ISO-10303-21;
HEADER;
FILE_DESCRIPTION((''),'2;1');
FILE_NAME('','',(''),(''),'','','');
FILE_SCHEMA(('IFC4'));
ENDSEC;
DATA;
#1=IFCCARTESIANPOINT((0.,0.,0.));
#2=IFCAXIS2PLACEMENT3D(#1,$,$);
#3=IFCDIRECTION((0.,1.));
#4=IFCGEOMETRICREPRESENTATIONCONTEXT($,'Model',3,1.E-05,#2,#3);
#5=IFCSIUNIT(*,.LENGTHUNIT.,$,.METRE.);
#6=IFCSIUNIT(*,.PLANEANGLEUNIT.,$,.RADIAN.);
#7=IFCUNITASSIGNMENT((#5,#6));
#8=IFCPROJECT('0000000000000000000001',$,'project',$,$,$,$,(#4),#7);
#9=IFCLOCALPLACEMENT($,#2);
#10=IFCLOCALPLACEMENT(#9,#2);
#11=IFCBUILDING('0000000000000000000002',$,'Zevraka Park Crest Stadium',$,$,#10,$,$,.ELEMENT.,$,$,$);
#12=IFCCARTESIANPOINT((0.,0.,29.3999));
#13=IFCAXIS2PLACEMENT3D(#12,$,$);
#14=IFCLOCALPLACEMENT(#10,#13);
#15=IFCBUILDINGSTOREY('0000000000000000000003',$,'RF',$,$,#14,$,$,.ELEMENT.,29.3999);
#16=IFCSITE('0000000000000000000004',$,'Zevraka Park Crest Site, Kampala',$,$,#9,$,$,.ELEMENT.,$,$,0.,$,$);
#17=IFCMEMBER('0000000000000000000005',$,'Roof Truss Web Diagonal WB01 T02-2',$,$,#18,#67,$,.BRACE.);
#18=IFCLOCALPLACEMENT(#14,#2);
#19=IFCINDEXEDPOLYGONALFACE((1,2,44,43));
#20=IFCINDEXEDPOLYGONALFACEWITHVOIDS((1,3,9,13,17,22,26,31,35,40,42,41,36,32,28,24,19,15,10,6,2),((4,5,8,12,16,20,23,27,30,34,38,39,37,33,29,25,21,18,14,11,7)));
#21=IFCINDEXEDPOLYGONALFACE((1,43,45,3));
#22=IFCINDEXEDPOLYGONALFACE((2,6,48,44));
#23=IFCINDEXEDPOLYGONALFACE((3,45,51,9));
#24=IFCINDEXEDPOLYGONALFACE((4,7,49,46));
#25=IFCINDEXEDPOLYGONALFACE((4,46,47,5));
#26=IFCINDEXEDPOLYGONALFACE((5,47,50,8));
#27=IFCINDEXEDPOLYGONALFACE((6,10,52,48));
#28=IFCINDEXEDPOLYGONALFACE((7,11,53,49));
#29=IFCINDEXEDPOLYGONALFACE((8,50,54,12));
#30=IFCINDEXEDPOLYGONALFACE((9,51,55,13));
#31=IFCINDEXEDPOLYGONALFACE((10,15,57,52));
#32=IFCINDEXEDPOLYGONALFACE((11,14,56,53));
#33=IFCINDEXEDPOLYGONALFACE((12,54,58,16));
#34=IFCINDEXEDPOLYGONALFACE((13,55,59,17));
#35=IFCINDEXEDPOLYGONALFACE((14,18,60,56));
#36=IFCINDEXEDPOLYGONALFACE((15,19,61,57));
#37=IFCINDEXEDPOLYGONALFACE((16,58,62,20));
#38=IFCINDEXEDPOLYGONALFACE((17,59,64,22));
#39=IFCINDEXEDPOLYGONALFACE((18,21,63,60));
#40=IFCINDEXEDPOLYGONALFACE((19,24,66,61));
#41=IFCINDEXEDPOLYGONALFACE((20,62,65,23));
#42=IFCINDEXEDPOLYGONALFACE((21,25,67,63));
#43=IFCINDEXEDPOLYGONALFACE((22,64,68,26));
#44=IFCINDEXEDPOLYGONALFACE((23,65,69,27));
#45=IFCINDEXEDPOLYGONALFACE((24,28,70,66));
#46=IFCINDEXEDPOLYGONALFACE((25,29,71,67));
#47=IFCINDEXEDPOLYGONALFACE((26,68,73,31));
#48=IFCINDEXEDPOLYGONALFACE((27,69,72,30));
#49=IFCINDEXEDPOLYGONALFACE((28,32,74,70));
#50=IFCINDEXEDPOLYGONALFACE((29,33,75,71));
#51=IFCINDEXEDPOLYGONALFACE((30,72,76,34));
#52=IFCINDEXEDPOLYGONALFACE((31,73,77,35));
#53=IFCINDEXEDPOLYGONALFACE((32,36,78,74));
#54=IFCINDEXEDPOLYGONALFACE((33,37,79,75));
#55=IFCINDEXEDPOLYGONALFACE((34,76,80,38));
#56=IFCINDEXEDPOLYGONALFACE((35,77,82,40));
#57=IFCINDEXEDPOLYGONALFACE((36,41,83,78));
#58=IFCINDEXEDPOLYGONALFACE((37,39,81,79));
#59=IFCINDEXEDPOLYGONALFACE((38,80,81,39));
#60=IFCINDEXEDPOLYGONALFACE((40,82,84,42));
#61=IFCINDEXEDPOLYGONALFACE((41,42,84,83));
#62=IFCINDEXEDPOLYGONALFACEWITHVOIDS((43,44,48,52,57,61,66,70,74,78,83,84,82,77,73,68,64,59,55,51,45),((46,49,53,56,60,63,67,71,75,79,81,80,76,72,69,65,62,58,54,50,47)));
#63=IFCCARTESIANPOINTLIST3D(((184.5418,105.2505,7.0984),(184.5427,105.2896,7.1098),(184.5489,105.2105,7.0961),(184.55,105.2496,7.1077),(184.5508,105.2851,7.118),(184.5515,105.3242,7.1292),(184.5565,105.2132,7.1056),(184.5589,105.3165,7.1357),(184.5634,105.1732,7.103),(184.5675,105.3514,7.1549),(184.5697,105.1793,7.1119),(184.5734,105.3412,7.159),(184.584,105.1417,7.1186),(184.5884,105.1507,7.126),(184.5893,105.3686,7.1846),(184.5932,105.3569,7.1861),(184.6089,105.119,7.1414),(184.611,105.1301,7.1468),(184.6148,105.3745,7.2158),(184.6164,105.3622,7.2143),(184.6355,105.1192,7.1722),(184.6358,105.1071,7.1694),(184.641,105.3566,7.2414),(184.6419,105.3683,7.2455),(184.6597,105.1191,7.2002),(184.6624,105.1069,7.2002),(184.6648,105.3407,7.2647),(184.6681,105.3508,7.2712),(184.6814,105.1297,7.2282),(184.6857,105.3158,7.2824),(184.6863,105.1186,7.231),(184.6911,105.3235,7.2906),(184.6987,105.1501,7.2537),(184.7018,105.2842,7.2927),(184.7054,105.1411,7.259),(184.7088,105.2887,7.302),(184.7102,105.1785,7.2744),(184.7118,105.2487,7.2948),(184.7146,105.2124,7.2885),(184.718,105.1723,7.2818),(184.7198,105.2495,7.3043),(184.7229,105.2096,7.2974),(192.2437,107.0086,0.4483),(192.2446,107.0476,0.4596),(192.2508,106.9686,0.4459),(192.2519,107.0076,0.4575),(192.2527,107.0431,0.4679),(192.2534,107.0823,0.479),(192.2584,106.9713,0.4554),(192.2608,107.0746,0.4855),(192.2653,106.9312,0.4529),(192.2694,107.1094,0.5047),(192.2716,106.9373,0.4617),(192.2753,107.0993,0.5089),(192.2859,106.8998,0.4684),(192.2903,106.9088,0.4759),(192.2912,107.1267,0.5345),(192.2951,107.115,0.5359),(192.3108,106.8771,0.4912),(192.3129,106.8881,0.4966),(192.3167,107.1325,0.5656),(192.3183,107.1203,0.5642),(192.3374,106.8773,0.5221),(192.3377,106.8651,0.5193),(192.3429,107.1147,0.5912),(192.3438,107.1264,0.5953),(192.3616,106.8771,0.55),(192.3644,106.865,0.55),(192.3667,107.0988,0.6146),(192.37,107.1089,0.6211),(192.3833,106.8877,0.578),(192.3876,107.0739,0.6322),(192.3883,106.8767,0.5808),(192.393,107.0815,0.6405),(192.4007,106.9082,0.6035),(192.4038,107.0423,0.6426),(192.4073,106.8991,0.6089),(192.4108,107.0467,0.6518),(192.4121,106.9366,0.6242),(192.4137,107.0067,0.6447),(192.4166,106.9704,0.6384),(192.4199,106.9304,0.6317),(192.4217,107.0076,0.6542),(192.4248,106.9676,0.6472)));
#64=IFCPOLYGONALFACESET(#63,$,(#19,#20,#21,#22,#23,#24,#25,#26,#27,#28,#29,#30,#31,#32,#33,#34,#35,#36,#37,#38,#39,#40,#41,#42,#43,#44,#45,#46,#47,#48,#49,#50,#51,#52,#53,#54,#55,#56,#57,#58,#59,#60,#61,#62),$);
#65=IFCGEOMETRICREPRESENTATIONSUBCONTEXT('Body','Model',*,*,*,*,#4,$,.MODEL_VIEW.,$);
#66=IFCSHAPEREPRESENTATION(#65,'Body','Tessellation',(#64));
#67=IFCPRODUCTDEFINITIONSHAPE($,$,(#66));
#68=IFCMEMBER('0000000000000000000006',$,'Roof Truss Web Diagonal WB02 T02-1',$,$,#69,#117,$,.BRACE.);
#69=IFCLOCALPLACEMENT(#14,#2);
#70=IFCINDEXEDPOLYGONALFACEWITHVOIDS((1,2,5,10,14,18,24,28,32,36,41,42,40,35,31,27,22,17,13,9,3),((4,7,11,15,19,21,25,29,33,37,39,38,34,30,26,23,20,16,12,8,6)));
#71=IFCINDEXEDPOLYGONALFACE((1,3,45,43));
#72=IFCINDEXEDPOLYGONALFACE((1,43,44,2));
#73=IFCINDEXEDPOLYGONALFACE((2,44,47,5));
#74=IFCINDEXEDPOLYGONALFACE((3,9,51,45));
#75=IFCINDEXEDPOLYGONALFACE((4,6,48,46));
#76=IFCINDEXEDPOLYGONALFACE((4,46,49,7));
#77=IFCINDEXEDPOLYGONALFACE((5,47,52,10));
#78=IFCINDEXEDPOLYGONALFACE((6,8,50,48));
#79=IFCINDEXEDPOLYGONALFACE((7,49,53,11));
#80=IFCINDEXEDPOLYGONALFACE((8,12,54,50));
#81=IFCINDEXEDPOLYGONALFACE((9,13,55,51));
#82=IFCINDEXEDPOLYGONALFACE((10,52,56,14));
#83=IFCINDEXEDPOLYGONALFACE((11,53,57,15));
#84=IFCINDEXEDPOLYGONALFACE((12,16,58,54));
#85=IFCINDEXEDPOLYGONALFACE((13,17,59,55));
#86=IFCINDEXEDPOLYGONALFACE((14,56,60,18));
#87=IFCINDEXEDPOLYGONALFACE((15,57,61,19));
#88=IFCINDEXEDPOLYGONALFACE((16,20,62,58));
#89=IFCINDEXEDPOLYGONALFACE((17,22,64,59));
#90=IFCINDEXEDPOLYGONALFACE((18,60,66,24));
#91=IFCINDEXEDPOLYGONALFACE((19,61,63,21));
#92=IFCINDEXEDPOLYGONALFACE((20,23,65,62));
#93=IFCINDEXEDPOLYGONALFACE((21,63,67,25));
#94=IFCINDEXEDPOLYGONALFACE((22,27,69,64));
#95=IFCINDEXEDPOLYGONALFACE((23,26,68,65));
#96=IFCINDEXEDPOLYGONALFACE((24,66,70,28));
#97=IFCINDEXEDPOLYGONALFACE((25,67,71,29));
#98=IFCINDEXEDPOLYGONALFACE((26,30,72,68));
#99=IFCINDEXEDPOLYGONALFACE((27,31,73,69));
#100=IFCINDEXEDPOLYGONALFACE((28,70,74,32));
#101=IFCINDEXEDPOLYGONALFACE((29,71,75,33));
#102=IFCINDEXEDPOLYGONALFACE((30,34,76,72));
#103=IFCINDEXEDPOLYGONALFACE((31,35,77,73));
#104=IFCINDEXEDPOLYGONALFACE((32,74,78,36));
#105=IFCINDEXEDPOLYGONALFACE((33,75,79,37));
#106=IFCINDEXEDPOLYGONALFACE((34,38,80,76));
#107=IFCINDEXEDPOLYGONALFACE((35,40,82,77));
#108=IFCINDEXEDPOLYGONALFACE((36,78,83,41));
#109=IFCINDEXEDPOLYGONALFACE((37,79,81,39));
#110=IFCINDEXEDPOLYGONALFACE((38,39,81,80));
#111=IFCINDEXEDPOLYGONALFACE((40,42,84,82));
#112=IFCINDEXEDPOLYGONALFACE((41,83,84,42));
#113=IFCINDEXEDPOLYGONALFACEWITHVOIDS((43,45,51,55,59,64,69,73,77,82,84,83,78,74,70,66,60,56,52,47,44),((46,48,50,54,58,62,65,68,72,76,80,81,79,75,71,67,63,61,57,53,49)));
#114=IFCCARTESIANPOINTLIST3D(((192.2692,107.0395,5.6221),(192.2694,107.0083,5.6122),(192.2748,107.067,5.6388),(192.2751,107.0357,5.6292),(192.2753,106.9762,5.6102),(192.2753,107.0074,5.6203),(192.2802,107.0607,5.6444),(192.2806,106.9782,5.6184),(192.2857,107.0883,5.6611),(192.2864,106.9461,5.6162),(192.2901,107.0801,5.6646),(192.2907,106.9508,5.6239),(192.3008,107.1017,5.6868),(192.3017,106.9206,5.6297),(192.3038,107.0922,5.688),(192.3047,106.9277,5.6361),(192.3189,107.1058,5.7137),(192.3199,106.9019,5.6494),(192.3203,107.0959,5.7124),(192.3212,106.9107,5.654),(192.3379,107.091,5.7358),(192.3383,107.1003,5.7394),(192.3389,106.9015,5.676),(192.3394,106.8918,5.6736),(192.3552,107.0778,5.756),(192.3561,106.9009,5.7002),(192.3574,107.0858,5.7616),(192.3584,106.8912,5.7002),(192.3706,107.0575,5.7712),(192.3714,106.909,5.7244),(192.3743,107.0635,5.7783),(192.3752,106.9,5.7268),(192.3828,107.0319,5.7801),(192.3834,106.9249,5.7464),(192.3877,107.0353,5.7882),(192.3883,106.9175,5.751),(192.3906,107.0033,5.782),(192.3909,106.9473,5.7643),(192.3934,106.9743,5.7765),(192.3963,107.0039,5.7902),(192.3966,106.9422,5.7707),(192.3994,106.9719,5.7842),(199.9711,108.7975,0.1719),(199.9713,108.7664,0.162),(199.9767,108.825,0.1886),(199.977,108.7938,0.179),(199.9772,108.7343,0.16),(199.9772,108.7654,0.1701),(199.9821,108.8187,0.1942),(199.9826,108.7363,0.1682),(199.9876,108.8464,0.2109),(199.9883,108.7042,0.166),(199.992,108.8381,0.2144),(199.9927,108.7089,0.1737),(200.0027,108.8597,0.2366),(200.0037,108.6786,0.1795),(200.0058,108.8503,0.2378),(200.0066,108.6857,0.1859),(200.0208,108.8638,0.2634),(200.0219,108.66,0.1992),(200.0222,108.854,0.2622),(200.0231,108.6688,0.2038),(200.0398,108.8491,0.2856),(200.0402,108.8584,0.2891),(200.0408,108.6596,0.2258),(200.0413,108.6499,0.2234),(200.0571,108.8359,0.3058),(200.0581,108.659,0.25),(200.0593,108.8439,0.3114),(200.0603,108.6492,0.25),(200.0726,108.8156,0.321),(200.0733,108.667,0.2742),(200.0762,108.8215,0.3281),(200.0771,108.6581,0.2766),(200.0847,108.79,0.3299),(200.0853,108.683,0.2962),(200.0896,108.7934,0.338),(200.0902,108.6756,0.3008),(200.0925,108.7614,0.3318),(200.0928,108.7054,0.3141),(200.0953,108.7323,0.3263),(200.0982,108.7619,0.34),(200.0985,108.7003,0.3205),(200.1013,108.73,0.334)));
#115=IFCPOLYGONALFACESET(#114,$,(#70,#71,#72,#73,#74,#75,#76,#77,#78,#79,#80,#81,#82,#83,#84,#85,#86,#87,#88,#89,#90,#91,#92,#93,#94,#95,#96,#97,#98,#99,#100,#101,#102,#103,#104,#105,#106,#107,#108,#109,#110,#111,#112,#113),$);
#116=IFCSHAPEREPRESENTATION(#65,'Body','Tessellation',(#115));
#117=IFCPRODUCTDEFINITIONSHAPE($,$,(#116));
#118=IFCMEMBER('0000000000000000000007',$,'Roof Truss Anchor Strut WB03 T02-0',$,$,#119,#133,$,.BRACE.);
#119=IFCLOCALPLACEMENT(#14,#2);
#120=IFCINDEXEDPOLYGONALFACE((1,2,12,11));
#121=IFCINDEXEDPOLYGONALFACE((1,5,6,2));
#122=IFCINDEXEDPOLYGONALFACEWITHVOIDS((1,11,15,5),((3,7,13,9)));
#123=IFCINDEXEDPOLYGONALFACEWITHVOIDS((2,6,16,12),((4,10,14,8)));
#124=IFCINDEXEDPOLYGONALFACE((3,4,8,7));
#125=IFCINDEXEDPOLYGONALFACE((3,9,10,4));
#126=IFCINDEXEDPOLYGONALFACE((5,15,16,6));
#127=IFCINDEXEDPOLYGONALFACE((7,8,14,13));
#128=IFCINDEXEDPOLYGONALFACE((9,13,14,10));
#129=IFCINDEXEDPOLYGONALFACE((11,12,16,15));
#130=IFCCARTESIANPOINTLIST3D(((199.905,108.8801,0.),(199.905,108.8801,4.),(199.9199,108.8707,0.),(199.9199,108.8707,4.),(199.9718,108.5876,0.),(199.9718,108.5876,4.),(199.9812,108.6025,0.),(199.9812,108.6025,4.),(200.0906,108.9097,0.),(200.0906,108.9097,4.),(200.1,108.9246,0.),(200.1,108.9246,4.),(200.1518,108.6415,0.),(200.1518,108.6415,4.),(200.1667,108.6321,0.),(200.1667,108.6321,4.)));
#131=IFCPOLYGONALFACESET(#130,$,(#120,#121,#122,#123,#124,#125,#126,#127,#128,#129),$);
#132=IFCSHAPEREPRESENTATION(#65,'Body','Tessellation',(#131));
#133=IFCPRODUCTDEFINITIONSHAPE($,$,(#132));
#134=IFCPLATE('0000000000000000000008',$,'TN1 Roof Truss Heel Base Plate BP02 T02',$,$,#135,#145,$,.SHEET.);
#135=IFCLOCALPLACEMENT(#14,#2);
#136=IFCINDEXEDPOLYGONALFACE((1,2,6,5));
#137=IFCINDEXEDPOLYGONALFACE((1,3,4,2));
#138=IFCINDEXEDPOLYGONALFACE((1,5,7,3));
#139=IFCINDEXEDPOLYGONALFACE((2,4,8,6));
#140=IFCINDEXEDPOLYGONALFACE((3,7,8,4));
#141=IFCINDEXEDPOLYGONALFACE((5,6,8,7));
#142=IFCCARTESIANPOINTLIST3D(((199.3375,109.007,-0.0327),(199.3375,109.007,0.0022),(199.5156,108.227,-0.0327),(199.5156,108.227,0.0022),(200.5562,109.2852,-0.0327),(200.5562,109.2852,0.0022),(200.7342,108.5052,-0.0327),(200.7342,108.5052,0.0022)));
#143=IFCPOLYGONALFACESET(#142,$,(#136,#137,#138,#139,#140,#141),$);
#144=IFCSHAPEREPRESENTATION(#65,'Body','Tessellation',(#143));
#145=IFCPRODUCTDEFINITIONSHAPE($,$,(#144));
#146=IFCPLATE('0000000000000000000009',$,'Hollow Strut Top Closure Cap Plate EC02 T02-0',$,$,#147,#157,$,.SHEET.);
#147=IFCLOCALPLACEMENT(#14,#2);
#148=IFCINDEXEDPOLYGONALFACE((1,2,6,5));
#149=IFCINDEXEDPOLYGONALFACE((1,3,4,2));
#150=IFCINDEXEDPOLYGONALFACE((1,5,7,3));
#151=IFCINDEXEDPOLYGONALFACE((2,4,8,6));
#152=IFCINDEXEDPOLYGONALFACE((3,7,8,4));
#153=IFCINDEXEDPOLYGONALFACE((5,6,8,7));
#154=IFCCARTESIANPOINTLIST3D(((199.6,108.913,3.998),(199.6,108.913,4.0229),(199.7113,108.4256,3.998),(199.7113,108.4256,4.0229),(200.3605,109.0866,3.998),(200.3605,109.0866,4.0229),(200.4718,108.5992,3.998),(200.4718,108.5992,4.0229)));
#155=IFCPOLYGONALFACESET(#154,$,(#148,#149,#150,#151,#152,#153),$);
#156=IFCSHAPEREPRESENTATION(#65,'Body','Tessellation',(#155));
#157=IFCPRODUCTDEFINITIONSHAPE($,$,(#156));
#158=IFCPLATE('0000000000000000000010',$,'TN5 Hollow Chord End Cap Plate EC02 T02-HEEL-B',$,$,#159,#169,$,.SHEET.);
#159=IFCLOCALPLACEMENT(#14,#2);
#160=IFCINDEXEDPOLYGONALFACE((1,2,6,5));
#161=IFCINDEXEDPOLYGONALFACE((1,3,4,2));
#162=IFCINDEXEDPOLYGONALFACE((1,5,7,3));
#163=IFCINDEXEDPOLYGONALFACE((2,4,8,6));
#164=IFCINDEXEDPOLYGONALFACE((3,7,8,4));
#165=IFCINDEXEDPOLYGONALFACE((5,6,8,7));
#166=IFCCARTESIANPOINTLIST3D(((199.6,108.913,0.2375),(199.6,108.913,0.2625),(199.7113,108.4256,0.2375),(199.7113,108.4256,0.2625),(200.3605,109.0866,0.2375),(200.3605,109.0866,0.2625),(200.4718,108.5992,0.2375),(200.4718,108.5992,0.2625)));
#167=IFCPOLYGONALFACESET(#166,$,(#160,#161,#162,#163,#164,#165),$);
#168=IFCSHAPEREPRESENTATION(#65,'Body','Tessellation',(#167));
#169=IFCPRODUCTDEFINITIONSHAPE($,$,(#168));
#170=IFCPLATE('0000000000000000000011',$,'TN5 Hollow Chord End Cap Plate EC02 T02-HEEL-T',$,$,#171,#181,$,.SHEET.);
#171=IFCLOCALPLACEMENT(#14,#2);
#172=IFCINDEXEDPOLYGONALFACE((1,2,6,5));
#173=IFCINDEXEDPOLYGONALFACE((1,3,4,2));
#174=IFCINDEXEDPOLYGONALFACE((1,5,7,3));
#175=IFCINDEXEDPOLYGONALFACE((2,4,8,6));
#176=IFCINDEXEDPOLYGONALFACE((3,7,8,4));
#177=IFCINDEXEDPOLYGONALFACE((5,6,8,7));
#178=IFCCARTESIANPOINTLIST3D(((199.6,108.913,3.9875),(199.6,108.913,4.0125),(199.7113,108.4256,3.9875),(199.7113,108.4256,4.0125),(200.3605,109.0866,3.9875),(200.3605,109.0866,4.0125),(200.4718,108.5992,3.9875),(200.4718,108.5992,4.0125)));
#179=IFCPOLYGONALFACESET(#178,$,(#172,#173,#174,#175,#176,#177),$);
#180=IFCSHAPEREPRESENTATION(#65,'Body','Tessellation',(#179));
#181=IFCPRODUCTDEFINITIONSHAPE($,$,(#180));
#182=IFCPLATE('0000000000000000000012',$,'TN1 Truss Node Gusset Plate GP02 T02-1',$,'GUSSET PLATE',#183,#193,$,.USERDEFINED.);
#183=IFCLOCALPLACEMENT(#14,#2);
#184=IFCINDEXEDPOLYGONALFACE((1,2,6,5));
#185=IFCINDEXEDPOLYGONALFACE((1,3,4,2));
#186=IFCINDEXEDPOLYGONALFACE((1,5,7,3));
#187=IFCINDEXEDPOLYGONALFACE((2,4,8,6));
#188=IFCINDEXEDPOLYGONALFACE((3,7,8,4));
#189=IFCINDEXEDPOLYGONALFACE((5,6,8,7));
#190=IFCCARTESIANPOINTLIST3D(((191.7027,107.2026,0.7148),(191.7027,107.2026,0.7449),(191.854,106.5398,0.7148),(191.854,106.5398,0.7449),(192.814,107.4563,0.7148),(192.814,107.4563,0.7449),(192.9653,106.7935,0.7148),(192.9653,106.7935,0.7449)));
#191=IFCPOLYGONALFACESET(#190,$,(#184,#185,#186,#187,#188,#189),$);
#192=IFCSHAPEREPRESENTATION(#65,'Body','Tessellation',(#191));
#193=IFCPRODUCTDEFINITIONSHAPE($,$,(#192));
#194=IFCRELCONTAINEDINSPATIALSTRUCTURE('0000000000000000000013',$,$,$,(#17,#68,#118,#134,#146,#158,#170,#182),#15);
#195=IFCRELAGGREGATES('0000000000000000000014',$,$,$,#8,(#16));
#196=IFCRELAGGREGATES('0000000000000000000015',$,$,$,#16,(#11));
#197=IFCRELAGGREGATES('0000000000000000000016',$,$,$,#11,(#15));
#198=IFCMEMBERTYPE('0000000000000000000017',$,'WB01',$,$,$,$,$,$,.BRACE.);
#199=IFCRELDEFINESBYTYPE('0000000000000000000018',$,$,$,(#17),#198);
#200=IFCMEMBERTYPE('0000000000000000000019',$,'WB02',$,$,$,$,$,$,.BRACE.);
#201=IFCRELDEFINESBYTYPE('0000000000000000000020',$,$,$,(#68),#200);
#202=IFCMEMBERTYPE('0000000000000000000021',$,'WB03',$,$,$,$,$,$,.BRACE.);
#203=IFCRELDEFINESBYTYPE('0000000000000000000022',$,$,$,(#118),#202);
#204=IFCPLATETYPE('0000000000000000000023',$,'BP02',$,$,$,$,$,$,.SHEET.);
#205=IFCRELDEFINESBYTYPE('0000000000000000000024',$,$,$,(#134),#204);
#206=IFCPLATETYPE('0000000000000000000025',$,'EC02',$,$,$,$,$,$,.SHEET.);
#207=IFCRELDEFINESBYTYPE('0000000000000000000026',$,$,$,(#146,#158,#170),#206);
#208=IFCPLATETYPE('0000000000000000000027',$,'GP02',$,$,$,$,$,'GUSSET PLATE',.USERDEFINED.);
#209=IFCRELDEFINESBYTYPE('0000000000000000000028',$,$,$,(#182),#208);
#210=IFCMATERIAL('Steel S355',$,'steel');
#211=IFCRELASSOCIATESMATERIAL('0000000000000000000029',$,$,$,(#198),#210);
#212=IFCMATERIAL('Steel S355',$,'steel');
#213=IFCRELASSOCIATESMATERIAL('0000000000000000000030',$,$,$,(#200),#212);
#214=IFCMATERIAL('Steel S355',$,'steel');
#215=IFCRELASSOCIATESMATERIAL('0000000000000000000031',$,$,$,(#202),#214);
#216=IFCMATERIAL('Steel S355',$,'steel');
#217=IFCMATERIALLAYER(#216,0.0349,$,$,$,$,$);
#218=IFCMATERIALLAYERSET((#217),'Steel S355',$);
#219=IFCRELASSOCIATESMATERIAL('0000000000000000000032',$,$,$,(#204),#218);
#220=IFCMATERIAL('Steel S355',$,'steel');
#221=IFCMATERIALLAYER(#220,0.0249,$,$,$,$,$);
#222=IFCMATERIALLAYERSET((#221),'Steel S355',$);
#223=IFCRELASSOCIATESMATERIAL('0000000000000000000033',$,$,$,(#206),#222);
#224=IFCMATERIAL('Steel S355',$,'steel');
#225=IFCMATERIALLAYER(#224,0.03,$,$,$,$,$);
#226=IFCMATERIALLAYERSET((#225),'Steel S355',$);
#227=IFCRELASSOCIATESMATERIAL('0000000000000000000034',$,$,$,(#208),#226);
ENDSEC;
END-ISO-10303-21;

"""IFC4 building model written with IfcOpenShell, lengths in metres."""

from ifc_helpers import new_model, si_unit, direction, frame, origin, origin_2d, place, context, subcontext, project, spatial, rectangle, hollow_rectangle, hollow_circle, extrude, material, layer, layer_set, material_profile, profile_set, type_object, element, save


model = new_model("IFC4")

# Units and contexts
model_context = context("Model", 3, precision=1e-05, world=origin(), true_north=direction((0.0, 1.0)))
body_context = subcontext(model_context, "Body", "Model", "MODEL_VIEW")
ifc_project = project(units=[si_unit("LENGTHUNIT", "METRE"), si_unit("PLANEANGLEUNIT", "RADIAN")], contexts=[model_context])

# Site, building, storey
site_placement = place(None, origin())
site = spatial("IfcSite", under=ifc_project, at=site_placement, Name="Zevraka Park Crest Site, Kampala", CompositionType="ELEMENT", RefElevation=0.0)
building_placement = place(site_placement, origin())
building = spatial("IfcBuilding", under=site, at=building_placement, Name="Zevraka Park Crest Stadium", CompositionType="ELEMENT")
storey_placement = place(building_placement, frame((0.0, 0.0, 29.3999)))
storey = spatial("IfcBuildingStorey", under=building, at=storey_placement, Name="RF", CompositionType="ELEMENT", Elevation=29.3999)

# Members
ifc_material_1 = material(Name="Steel S355", Category="steel")
ifc_material_profile_1 = material_profile(ifc_material_1, hollow_circle(Radius=0.1365, WallThickness=0.0125, at=origin_2d()), Name="CHS 273.0x12.5")
ifc_profile_set_1 = profile_set([ifc_material_profile_1], Name="Steel S355")
member_type_1 = type_object("IfcMemberType", Name="WB01", PredefinedType="BRACE", material=ifc_profile_set_1)
member_1_placement = place(storey_placement, frame((192.334, 106.998, 0.55), z_axis=(-0.745846, -0.170249, 0.643995), x_axis=(0.222539, -0.974924, 0.0)))
element("IfcMember", 1, at=member_1_placement, inside=storey, type_object=member_type_1, Name="Roof Truss Web Diagonal WB01 T02-2", PredefinedType="BRACE", context=body_context, shape_type="SweptSolid", body=[
    extrude(hollow_circle(Radius=0.1365, WallThickness=0.0125, at=origin_2d()), origin(), (0.0, 0.0, 1.0), 10.3264),
])
ifc_material_2 = material(Name="Steel S355", Category="steel")
ifc_material_profile_2 = material_profile(ifc_material_2, hollow_circle(Radius=0.1096, WallThickness=0.01, at=origin_2d()), Name="CHS 219.1x10")
ifc_profile_set_2 = profile_set([ifc_material_profile_2], Name="Steel S355")
member_type_2 = type_object("IfcMemberType", Name="WB02", PredefinedType="BRACE", material=ifc_profile_set_2)
member_2_placement = place(storey_placement, frame((200.0359, 108.7561, 0.25), z_axis=(-0.802479, -0.183176, 0.567868), x_axis=(0.222539, -0.974924, 0.0)))
element("IfcMember", 2, at=member_2_placement, inside=storey, type_object=member_type_2, Name="Roof Truss Web Diagonal WB02 T02-1", PredefinedType="BRACE", context=body_context, shape_type="SweptSolid", body=[
    extrude(hollow_circle(Radius=0.1096, WallThickness=0.01, at=origin_2d()), origin(), (0.0, 0.0, 1.0), 9.5977),
])
ifc_material_3 = material(Name="Steel S355", Category="steel")
ifc_material_profile_3 = material_profile(ifc_material_3, hollow_rectangle(XDim=0.2, YDim=0.3, WallThickness=0.0125, at=origin_2d()), Name="RHS 300x200x12.5")
ifc_profile_set_3 = profile_set([ifc_material_profile_3], Name="Steel S355")
member_type_3 = type_object("IfcMemberType", Name="WB03", PredefinedType="BRACE", material=ifc_profile_set_3)
member_3_placement = place(storey_placement, frame((200.0359, 108.7561, 0.0), z_axis=(0.0, 0.0, 1.0), x_axis=(0.974917, 0.22257, 0.0)))
element("IfcMember", 3, at=member_3_placement, inside=storey, type_object=member_type_3, Name="Roof Truss Anchor Strut WB03 T02-0", PredefinedType="BRACE", context=body_context, shape_type="SweptSolid", body=[
    extrude(hollow_rectangle(XDim=0.2, YDim=0.3, WallThickness=0.0125, at=origin_2d()), origin(), (0.0, 0.0, 1.0), 4.0),
])

# Plates
ifc_material_4 = material(Name="Steel S355", Category="steel")
ifc_layer_1 = layer(ifc_material_4, 0.0349)
ifc_layer_set_1 = layer_set([ifc_layer_1], Name="Steel S355")
plate_type_1 = type_object("IfcPlateType", Name="BP02", PredefinedType="SHEET", material=ifc_layer_set_1)
plate_1_placement = place(storey_placement, frame((200.0359, 108.7561, -0.0327), z_axis=(0.0, 0.0, 1.0), x_axis=(0.974917, 0.22257, 0.0)))
element("IfcPlate", 4, at=plate_1_placement, inside=storey, type_object=plate_type_1, Name="TN1 Roof Truss Heel Base Plate BP02 T02", PredefinedType="SHEET", context=body_context, shape_type="SweptSolid", body=[
    extrude(rectangle(XDim=1.25, YDim=0.8, at=origin_2d()), origin(), (0.0, 0.0, 1.0), 0.0349),
])
ifc_material_5 = material(Name="Steel S355", Category="steel")
ifc_layer_2 = layer(ifc_material_5, 0.0249)
ifc_layer_set_2 = layer_set([ifc_layer_2], Name="Steel S355")
plate_type_2 = type_object("IfcPlateType", Name="EC02", PredefinedType="SHEET", material=ifc_layer_set_2)
for number, where, z_axis, x_axis, name in (
    (5, (200.0359, 108.7561, 3.998), (0.0, 0.0, 1.0), (0.974917, 0.22257, 0.0), "Hollow Strut Top Closure Cap Plate EC02 T02-0"),
    (6, (200.0359, 108.7561, 0.2375), (0.0, 0.0, 1.0), (0.974917, 0.22257, 0.0), "TN5 Hollow Chord End Cap Plate EC02 T02-HEEL-B"),
    (7, (200.0359, 108.7561, 3.9875), (0.0, 0.0, 1.0), (0.974917, 0.22257, 0.0), "TN5 Hollow Chord End Cap Plate EC02 T02-HEEL-T"),
):
    element("IfcPlate", number, at=place(storey_placement, frame(where, z_axis=z_axis, x_axis=x_axis)), inside=storey, type_object=plate_type_2, Name=name, PredefinedType="SHEET", context=body_context, shape_type="SweptSolid", body=[
        extrude(rectangle(XDim=0.78, YDim=0.5, at=origin_2d()), origin(), (0.0, 0.0, 1.0), 0.0249),
    ])
ifc_material_6 = material(Name="Steel S355", Category="steel")
ifc_layer_3 = layer(ifc_material_6, 0.03)
ifc_layer_set_3 = layer_set([ifc_layer_3], Name="Steel S355")
plate_type_3 = type_object("IfcPlateType", Name="GP02", ElementType="GUSSET PLATE", PredefinedType="USERDEFINED", material=ifc_layer_set_3)
plate_2_placement = place(storey_placement, frame((192.334, 106.998, 0.7148), z_axis=(0.0, 0.0, 1.0), x_axis=(0.974917, 0.22257, 0.0)))
element("IfcPlate", 8, at=plate_2_placement, inside=storey, type_object=plate_type_3, Name="TN1 Truss Node Gusset Plate GP02 T02-1", ObjectType="GUSSET PLATE", PredefinedType="USERDEFINED", context=body_context, shape_type="SweptSolid", body=[
    extrude(rectangle(XDim=1.1399, YDim=0.6799, at=origin_2d()), origin(), (0.0, 0.0, 1.0), 0.03),
])

save(model, "model.ifc")
